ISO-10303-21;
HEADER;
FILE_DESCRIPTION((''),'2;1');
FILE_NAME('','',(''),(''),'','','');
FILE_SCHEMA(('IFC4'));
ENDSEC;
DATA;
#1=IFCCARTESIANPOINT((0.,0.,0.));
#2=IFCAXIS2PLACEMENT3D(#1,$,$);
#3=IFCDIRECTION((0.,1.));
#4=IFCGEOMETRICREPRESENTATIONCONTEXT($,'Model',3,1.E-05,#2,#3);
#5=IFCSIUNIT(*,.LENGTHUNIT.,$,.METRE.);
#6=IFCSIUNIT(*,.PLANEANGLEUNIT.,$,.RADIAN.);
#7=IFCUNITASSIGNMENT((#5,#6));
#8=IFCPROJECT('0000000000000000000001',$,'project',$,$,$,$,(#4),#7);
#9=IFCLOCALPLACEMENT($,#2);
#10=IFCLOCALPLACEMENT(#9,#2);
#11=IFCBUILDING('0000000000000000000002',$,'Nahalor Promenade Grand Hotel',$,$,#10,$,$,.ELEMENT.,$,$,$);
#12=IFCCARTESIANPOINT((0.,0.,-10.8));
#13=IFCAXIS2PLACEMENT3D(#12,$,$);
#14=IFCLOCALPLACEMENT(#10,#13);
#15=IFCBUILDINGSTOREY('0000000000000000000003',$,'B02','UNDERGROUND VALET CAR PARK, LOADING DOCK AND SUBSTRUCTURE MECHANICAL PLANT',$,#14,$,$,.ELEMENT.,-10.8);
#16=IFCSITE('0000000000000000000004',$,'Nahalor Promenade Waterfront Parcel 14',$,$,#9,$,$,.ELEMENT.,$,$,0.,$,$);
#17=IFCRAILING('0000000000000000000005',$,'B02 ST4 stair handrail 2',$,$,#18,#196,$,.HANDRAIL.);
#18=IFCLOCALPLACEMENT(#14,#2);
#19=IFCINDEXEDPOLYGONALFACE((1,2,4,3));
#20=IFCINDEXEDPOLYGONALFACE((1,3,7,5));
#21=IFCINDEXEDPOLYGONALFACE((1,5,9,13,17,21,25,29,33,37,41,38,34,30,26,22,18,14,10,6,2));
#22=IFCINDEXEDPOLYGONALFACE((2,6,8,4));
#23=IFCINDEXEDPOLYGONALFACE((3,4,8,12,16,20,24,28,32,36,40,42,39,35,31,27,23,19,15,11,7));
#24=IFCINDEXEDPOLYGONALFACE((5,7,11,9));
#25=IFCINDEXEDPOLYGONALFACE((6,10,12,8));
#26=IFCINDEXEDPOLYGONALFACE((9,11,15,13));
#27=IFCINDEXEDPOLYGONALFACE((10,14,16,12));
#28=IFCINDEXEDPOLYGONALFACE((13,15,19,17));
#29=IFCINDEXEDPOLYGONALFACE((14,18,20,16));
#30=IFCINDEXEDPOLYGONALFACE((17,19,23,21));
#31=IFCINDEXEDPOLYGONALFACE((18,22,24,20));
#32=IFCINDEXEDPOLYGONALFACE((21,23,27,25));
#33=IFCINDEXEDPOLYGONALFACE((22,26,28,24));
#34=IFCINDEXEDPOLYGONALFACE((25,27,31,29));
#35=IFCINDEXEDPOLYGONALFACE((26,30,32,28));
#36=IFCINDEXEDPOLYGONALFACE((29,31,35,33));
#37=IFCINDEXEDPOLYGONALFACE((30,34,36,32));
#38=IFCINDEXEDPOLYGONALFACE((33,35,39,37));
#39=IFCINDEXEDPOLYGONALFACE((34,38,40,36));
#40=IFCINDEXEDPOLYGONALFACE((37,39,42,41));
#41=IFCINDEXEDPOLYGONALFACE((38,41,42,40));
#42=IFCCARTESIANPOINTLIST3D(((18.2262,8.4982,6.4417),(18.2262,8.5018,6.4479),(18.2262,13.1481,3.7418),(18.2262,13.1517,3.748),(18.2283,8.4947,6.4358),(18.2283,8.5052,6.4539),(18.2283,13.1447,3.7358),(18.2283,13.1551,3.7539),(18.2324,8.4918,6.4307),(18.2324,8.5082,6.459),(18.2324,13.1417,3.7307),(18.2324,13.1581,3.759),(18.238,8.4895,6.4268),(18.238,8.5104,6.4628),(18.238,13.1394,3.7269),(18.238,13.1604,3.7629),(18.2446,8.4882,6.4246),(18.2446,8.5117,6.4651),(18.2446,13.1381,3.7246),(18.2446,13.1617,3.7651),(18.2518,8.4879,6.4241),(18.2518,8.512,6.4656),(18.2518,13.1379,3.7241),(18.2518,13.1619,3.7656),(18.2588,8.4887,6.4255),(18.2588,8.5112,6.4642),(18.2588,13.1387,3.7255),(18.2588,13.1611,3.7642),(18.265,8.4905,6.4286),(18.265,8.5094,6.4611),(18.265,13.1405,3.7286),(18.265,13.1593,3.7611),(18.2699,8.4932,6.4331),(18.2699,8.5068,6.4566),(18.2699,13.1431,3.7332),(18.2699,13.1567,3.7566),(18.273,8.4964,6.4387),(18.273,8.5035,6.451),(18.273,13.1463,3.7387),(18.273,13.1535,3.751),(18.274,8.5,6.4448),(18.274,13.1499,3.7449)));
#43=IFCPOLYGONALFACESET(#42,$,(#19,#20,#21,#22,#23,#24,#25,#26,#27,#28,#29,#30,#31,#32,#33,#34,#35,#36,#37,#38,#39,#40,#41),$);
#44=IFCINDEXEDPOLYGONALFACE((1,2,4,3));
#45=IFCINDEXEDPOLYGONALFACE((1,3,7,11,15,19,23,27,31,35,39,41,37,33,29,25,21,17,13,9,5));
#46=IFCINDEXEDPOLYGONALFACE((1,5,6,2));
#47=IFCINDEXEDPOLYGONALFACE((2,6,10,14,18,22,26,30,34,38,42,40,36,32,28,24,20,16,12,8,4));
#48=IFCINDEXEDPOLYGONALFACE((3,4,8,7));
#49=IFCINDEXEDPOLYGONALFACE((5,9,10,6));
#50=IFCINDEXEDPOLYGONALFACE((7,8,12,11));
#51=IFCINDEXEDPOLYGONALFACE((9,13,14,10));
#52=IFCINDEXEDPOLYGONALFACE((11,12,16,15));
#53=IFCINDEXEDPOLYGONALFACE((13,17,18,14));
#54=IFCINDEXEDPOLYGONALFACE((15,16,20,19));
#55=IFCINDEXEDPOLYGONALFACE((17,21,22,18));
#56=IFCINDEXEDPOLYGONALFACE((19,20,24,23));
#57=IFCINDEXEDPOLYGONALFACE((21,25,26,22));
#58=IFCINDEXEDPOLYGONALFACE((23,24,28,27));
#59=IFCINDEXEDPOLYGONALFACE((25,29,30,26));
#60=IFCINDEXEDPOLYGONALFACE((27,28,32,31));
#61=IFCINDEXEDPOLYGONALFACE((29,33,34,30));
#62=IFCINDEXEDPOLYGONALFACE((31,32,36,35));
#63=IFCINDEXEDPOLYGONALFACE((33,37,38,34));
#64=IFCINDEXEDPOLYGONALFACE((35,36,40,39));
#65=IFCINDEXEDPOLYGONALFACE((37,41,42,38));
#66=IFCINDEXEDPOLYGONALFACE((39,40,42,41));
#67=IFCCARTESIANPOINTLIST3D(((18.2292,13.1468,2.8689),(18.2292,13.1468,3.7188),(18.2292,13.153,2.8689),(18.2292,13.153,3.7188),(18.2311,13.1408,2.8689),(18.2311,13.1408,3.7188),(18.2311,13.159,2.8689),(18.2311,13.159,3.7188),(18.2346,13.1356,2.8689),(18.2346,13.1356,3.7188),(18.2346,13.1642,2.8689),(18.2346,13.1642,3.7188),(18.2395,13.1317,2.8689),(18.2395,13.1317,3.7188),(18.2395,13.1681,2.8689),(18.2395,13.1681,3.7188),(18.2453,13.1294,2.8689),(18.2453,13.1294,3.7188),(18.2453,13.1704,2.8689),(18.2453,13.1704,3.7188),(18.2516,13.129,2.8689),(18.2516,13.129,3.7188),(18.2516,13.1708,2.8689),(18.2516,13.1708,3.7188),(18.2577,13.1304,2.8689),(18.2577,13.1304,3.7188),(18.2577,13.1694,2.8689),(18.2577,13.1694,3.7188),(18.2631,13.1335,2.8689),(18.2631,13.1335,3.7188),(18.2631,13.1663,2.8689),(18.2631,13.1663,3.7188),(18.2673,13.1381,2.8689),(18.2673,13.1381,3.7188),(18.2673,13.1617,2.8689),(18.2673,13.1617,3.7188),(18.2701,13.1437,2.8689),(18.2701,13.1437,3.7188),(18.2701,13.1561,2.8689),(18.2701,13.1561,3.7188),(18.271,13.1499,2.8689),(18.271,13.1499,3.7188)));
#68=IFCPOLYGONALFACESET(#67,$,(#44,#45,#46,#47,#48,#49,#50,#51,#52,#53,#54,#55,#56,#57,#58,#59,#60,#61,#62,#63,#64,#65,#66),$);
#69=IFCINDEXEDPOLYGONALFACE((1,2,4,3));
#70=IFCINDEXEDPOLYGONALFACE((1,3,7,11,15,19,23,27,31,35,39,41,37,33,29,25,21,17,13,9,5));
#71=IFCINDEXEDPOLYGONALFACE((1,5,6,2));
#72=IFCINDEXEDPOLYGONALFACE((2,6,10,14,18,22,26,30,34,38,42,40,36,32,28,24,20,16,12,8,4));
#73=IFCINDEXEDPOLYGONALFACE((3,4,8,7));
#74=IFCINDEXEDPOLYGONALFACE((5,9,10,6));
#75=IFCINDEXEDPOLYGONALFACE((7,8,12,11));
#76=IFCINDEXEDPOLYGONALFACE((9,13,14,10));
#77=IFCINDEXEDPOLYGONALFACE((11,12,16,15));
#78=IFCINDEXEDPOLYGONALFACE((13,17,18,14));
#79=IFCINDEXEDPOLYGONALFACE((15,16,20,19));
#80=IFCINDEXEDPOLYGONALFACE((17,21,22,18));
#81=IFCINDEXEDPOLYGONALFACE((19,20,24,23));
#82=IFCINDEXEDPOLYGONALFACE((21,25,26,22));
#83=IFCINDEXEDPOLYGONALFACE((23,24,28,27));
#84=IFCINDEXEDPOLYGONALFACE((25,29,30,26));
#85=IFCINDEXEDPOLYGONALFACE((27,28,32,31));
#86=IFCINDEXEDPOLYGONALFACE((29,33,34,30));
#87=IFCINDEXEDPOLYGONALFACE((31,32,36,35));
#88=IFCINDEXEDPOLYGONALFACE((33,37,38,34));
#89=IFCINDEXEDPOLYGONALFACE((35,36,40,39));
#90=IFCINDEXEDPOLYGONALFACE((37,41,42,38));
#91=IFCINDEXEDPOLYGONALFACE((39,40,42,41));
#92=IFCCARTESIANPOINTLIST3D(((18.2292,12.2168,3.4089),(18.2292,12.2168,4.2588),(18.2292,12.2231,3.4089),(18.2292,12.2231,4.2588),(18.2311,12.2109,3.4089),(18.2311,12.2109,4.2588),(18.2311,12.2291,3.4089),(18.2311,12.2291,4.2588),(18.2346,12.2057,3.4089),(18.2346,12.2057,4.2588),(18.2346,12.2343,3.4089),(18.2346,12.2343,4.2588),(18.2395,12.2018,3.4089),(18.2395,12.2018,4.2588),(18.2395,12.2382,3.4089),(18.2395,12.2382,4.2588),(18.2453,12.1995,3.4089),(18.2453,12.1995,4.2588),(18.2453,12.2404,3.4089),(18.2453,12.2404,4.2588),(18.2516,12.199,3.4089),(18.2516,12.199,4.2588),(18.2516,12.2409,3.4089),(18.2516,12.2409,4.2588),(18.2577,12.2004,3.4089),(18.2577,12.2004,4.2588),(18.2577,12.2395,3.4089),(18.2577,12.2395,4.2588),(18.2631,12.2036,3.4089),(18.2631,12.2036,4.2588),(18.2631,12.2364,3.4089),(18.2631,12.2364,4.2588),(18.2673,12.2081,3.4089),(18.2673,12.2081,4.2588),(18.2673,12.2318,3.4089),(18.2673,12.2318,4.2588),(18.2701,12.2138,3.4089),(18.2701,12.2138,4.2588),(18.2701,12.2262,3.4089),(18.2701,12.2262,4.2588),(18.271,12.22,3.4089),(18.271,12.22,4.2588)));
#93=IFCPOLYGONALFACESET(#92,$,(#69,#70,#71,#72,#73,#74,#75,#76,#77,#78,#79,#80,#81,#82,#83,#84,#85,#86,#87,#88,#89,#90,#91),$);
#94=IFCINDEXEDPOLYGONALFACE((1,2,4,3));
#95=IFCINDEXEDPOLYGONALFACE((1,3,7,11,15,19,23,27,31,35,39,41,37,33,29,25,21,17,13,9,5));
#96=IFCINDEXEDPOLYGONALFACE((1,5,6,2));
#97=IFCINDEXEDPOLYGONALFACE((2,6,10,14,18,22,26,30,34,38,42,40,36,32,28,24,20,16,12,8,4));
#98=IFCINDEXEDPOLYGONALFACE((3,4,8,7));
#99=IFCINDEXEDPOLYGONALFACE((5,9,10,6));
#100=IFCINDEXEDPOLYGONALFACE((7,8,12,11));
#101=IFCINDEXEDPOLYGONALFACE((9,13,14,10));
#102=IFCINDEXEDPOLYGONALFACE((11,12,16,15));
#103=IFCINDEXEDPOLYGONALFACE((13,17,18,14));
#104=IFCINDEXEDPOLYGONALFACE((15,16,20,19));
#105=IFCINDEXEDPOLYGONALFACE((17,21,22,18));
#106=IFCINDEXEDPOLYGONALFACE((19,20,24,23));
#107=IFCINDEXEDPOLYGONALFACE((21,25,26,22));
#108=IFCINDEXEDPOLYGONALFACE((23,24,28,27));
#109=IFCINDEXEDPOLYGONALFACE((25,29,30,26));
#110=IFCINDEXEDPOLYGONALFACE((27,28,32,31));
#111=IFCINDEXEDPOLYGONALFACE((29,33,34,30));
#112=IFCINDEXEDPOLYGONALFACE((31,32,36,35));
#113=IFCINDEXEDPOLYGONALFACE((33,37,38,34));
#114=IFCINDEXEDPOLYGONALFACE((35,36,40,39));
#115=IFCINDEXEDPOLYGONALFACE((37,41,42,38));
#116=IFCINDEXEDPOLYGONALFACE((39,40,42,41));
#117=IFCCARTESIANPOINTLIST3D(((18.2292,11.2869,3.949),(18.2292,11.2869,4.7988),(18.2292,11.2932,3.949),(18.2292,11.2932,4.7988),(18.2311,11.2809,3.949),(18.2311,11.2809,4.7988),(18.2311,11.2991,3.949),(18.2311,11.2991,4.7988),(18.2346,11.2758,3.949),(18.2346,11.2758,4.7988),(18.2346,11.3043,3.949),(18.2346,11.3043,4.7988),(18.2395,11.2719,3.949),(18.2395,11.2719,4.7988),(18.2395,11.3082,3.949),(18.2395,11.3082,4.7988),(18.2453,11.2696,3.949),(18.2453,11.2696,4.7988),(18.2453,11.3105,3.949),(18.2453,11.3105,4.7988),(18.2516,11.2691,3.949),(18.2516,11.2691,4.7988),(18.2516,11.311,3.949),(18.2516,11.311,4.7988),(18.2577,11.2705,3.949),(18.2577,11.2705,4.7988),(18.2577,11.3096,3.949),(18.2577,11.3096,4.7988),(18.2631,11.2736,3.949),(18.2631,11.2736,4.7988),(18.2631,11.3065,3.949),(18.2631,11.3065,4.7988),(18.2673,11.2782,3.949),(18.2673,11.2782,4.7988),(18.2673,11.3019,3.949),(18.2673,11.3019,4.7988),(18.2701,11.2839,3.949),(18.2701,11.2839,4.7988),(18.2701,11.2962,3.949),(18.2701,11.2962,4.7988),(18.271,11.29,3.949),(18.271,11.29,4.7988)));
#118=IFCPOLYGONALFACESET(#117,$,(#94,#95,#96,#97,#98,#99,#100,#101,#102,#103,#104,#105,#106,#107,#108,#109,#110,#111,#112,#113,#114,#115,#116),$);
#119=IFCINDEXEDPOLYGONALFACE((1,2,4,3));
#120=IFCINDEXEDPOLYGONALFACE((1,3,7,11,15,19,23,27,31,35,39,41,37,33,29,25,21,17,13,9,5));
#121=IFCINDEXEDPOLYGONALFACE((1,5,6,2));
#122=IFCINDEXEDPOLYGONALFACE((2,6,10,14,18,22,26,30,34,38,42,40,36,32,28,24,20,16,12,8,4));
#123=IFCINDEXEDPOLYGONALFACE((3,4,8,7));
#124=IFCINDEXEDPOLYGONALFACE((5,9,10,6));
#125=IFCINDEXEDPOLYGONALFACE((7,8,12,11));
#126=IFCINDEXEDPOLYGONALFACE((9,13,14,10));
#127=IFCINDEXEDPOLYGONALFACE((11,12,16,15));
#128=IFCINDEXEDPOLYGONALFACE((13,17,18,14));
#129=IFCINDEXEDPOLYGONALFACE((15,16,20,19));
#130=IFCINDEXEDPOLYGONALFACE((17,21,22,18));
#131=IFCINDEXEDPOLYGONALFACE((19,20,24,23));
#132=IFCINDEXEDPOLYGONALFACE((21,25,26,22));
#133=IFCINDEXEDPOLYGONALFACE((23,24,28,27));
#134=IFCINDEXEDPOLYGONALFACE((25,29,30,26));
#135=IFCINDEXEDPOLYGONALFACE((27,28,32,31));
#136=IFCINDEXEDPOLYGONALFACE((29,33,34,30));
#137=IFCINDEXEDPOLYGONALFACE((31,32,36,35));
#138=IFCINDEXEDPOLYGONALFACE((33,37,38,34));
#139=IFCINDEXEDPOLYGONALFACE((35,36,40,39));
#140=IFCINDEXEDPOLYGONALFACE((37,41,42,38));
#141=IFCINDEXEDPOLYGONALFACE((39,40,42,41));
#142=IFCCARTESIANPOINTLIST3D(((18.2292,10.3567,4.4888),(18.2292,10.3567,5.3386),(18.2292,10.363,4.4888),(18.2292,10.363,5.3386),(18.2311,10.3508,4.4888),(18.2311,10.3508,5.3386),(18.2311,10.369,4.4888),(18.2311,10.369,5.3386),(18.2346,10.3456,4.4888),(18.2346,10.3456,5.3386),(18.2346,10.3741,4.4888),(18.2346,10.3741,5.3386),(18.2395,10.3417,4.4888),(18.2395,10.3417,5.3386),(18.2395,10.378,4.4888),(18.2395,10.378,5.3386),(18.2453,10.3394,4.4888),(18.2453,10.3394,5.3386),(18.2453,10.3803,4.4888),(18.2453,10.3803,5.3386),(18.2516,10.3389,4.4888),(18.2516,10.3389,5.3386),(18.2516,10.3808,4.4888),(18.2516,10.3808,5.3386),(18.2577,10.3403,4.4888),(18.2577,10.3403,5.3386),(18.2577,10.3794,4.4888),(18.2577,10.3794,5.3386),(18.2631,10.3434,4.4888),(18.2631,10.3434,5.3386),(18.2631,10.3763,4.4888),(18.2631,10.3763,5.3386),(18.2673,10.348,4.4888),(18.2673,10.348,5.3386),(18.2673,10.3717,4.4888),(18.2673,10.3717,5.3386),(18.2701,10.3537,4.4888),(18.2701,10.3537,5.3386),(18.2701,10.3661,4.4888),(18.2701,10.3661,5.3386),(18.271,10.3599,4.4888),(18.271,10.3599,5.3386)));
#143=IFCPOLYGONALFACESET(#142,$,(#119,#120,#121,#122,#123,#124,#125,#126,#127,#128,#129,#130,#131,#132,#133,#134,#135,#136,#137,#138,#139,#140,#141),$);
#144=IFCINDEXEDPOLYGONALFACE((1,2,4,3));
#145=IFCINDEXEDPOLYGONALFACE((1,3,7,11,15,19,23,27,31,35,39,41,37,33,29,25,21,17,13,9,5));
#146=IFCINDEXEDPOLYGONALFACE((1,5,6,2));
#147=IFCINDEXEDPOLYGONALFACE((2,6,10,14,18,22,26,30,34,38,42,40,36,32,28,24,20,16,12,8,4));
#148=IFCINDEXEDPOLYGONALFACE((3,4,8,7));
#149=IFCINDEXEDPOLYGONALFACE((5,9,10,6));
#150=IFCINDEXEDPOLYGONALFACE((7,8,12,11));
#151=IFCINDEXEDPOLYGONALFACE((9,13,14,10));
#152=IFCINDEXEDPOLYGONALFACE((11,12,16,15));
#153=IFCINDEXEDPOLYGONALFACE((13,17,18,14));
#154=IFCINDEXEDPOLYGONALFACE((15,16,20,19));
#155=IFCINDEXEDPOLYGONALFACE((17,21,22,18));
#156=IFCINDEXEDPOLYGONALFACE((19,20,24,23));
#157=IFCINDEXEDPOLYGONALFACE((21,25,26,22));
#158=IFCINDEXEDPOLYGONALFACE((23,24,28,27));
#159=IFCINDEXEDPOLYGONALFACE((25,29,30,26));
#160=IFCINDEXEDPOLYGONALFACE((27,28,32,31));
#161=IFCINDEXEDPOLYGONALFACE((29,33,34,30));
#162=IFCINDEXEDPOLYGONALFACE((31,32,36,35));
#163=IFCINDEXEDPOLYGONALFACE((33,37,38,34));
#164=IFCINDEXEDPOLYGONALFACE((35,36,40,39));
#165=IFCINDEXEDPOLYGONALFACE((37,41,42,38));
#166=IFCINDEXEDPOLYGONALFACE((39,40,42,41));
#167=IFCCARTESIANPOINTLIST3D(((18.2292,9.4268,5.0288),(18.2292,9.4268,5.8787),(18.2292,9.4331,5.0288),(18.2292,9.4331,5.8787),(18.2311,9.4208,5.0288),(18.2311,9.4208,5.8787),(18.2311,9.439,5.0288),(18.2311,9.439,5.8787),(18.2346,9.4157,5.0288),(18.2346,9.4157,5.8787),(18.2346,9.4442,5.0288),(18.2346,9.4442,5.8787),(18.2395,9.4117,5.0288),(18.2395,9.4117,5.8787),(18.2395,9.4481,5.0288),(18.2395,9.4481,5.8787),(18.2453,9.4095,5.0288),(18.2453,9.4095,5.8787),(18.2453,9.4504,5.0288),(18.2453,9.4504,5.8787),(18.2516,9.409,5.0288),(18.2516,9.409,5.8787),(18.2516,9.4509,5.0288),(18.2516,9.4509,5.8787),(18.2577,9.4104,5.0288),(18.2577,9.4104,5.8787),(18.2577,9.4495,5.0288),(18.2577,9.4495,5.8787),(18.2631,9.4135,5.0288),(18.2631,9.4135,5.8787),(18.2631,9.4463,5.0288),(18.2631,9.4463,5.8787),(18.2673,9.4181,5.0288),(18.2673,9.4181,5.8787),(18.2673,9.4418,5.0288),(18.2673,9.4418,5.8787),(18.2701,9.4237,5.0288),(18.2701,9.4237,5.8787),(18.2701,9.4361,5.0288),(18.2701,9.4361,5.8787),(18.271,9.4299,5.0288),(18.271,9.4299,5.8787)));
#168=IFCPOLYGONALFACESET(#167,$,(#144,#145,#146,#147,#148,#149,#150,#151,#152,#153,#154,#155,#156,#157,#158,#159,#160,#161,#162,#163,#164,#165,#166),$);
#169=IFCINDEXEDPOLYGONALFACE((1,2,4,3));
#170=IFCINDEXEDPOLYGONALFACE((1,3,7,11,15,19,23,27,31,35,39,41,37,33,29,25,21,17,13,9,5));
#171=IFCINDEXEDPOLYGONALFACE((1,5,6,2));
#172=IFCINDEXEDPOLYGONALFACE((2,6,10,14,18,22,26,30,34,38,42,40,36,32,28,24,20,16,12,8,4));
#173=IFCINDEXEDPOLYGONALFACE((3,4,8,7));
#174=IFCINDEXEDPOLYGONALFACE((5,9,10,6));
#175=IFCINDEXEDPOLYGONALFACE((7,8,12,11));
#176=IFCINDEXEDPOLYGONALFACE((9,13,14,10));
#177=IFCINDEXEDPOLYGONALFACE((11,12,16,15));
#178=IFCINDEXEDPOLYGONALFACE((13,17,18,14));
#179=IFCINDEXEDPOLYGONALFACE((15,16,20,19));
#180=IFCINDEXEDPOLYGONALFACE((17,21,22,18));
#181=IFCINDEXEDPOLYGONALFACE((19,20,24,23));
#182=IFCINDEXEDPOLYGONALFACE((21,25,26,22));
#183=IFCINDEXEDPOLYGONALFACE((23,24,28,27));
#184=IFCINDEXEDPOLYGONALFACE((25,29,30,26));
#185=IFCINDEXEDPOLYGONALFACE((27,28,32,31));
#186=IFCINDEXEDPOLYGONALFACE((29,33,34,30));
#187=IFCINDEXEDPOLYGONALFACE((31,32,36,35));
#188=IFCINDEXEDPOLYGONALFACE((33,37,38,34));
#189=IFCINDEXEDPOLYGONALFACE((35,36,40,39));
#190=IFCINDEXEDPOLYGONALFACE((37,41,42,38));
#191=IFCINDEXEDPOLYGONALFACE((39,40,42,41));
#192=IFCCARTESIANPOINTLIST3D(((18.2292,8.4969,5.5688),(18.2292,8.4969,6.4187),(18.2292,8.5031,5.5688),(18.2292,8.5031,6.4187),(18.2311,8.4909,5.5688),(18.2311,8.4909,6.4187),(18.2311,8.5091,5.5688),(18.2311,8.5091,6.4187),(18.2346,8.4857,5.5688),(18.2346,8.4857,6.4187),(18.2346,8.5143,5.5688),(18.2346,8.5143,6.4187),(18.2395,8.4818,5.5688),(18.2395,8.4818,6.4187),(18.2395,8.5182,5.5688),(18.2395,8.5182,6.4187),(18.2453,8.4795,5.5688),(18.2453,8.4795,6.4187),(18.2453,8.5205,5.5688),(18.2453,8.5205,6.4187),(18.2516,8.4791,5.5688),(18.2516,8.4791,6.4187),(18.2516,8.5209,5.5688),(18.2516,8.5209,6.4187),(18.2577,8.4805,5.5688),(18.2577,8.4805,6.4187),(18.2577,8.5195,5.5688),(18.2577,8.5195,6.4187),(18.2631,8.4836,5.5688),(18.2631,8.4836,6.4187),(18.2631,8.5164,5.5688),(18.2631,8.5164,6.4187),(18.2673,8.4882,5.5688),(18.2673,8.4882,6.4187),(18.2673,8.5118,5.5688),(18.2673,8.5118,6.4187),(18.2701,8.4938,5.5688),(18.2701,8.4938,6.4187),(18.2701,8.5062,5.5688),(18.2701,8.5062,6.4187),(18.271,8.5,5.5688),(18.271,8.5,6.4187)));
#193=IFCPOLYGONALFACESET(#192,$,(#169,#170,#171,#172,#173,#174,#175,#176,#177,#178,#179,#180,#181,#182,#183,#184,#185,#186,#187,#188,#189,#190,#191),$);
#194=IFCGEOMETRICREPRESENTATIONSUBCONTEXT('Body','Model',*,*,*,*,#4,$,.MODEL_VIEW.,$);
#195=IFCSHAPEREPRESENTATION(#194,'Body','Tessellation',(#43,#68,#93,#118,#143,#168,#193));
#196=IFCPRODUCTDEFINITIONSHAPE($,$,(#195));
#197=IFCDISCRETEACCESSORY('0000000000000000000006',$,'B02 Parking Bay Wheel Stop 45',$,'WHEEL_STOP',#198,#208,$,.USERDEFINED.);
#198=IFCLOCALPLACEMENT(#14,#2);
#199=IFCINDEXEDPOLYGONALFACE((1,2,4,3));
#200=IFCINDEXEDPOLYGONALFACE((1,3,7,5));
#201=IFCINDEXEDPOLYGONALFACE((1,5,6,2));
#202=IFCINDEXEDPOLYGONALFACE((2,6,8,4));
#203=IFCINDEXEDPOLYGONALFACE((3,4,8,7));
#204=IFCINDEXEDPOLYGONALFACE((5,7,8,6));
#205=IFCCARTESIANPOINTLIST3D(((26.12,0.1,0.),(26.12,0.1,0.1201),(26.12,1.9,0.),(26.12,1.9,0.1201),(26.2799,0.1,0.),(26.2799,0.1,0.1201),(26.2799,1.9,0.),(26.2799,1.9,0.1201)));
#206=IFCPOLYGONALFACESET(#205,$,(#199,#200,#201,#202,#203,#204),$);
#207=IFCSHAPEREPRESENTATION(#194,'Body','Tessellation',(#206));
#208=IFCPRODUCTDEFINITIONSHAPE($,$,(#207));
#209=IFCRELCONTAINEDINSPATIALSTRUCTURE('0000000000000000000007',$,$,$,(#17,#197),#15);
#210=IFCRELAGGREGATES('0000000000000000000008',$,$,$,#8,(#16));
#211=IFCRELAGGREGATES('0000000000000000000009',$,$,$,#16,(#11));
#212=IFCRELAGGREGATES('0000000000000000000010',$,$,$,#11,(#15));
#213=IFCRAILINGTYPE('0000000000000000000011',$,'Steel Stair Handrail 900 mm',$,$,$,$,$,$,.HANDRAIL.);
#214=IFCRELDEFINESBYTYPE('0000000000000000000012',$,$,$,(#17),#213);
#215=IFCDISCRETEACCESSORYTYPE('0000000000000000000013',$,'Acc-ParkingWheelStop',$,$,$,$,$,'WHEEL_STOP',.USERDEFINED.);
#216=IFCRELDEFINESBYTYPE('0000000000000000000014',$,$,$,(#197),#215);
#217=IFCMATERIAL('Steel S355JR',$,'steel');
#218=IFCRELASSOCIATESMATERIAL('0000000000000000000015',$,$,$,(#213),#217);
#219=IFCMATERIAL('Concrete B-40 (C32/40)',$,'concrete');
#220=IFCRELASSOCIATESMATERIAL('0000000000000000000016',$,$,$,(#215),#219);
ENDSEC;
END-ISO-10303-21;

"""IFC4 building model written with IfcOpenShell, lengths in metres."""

from ifc_helpers import new_model, si_unit, direction, frame, origin, origin_2d, place, context, subcontext, project, spatial, rectangle, circle, extrude, source, transform, mapped, material, type_object, element, save


model = new_model("IFC4")

# Units and contexts
model_context = context("Model", 3, precision=1e-05, world=origin(), true_north=direction((0.0, 1.0)))
body_context = subcontext(model_context, "Body", "Model", "MODEL_VIEW")
ifc_project = project(units=[si_unit("LENGTHUNIT", "METRE"), si_unit("PLANEANGLEUNIT", "RADIAN")], contexts=[model_context])

# Site, building, storey
site_placement = place(None, origin())
site = spatial("IfcSite", under=ifc_project, at=site_placement, Name="Nahalor Promenade Waterfront Parcel 14", CompositionType="ELEMENT", RefElevation=0.0)
building_placement = place(site_placement, origin())
building = spatial("IfcBuilding", under=site, at=building_placement, Name="Nahalor Promenade Grand Hotel", CompositionType="ELEMENT")
storey_placement = place(building_placement, frame((0.0, 0.0, -10.8)))
storey = spatial("IfcBuildingStorey", under=building, at=storey_placement, Name="B02", Description="UNDERGROUND VALET CAR PARK, LOADING DOCK AND SUBSTRUCTURE MECHANICAL PLANT", CompositionType="ELEMENT", Elevation=-10.8)

# Shared definitions
ifc_material_1 = material(Name="Steel S355JR", Category="steel")

# Railing
railing_type_1 = type_object("IfcRailingType", Name="Steel Stair Handrail 900 mm", PredefinedType="HANDRAIL", material=ifc_material_1)
railing_1_placement = place(storey_placement, frame((18.25, 13.1499, 2.8689)))
element("IfcRailing", 1, at=railing_1_placement, inside=storey, type_object=railing_type_1, Name="B02 ST4 stair handrail 2", PredefinedType="HANDRAIL", context=body_context, shape_type="SweptSolid", body=[
    extrude(circle(Radius=0.024, at=origin_2d()), frame((0.0, 0.0, 0.876), z_axis=(0.0, -0.864788, 0.502137), x_axis=(1.0, 0.0, 0.0)), (0.0, 0.0, 1.0), 5.377),
    extrude(circle(Radius=0.021, at=origin_2d()), origin(), (0.0, 0.0, 1.0), 0.8499),
    extrude(circle(Radius=0.021, at=origin_2d()), frame((0.0, -0.9299, 0.54)), (0.0, 0.0, 1.0), 0.8499),
    extrude(circle(Radius=0.021, at=origin_2d()), frame((0.0, -1.8599, 1.0801)), (0.0, 0.0, 1.0), 0.8499),
    extrude(circle(Radius=0.021, at=origin_2d()), frame((0.0, -2.79, 1.6199)), (0.0, 0.0, 1.0), 0.8499),
    extrude(circle(Radius=0.021, at=origin_2d()), frame((0.0, -3.72, 2.1599)), (0.0, 0.0, 1.0), 0.8499),
    extrude(circle(Radius=0.021, at=origin_2d()), frame((0.0, -4.6499, 2.7)), (0.0, 0.0, 1.0), 0.8499),
])

# Discrete accessory
ifc_material_2 = material(Name="Concrete B-40 (C32/40)", Category="concrete")
discrete_accessory_type = type_object("IfcDiscreteAccessoryType", Name="Acc-ParkingWheelStop", ElementType="WHEEL_STOP", PredefinedType="USERDEFINED", material=ifc_material_2)
shared_shape_1 = source(origin(), body_context, "Body", "SweptSolid", [
    extrude(rectangle(XDim=1.8, YDim=0.1599, at=origin_2d()), origin(), (0.0, 0.0, 1.0), 0.1201),
])
for number, where, z_axis, x_axis, name in (
    (2, (26.2, 1.0, 0.0), (0.0, 0.0, 1.0), (0.0, 1.0, 0.0), "B02 Parking Bay Wheel Stop 45"),
):
    element("IfcDiscreteAccessory", number, at=place(storey_placement, frame(where, z_axis=z_axis, x_axis=x_axis)), inside=storey, type_object=discrete_accessory_type, Name=name, ObjectType="WHEEL_STOP", PredefinedType="USERDEFINED", context=body_context, shape_type="MappedRepresentation", body=[
        mapped(shared_shape_1, transform((0.0, 0.0, 0.0), scale=1.0)),
    ])

save(model, "model.ifc")
